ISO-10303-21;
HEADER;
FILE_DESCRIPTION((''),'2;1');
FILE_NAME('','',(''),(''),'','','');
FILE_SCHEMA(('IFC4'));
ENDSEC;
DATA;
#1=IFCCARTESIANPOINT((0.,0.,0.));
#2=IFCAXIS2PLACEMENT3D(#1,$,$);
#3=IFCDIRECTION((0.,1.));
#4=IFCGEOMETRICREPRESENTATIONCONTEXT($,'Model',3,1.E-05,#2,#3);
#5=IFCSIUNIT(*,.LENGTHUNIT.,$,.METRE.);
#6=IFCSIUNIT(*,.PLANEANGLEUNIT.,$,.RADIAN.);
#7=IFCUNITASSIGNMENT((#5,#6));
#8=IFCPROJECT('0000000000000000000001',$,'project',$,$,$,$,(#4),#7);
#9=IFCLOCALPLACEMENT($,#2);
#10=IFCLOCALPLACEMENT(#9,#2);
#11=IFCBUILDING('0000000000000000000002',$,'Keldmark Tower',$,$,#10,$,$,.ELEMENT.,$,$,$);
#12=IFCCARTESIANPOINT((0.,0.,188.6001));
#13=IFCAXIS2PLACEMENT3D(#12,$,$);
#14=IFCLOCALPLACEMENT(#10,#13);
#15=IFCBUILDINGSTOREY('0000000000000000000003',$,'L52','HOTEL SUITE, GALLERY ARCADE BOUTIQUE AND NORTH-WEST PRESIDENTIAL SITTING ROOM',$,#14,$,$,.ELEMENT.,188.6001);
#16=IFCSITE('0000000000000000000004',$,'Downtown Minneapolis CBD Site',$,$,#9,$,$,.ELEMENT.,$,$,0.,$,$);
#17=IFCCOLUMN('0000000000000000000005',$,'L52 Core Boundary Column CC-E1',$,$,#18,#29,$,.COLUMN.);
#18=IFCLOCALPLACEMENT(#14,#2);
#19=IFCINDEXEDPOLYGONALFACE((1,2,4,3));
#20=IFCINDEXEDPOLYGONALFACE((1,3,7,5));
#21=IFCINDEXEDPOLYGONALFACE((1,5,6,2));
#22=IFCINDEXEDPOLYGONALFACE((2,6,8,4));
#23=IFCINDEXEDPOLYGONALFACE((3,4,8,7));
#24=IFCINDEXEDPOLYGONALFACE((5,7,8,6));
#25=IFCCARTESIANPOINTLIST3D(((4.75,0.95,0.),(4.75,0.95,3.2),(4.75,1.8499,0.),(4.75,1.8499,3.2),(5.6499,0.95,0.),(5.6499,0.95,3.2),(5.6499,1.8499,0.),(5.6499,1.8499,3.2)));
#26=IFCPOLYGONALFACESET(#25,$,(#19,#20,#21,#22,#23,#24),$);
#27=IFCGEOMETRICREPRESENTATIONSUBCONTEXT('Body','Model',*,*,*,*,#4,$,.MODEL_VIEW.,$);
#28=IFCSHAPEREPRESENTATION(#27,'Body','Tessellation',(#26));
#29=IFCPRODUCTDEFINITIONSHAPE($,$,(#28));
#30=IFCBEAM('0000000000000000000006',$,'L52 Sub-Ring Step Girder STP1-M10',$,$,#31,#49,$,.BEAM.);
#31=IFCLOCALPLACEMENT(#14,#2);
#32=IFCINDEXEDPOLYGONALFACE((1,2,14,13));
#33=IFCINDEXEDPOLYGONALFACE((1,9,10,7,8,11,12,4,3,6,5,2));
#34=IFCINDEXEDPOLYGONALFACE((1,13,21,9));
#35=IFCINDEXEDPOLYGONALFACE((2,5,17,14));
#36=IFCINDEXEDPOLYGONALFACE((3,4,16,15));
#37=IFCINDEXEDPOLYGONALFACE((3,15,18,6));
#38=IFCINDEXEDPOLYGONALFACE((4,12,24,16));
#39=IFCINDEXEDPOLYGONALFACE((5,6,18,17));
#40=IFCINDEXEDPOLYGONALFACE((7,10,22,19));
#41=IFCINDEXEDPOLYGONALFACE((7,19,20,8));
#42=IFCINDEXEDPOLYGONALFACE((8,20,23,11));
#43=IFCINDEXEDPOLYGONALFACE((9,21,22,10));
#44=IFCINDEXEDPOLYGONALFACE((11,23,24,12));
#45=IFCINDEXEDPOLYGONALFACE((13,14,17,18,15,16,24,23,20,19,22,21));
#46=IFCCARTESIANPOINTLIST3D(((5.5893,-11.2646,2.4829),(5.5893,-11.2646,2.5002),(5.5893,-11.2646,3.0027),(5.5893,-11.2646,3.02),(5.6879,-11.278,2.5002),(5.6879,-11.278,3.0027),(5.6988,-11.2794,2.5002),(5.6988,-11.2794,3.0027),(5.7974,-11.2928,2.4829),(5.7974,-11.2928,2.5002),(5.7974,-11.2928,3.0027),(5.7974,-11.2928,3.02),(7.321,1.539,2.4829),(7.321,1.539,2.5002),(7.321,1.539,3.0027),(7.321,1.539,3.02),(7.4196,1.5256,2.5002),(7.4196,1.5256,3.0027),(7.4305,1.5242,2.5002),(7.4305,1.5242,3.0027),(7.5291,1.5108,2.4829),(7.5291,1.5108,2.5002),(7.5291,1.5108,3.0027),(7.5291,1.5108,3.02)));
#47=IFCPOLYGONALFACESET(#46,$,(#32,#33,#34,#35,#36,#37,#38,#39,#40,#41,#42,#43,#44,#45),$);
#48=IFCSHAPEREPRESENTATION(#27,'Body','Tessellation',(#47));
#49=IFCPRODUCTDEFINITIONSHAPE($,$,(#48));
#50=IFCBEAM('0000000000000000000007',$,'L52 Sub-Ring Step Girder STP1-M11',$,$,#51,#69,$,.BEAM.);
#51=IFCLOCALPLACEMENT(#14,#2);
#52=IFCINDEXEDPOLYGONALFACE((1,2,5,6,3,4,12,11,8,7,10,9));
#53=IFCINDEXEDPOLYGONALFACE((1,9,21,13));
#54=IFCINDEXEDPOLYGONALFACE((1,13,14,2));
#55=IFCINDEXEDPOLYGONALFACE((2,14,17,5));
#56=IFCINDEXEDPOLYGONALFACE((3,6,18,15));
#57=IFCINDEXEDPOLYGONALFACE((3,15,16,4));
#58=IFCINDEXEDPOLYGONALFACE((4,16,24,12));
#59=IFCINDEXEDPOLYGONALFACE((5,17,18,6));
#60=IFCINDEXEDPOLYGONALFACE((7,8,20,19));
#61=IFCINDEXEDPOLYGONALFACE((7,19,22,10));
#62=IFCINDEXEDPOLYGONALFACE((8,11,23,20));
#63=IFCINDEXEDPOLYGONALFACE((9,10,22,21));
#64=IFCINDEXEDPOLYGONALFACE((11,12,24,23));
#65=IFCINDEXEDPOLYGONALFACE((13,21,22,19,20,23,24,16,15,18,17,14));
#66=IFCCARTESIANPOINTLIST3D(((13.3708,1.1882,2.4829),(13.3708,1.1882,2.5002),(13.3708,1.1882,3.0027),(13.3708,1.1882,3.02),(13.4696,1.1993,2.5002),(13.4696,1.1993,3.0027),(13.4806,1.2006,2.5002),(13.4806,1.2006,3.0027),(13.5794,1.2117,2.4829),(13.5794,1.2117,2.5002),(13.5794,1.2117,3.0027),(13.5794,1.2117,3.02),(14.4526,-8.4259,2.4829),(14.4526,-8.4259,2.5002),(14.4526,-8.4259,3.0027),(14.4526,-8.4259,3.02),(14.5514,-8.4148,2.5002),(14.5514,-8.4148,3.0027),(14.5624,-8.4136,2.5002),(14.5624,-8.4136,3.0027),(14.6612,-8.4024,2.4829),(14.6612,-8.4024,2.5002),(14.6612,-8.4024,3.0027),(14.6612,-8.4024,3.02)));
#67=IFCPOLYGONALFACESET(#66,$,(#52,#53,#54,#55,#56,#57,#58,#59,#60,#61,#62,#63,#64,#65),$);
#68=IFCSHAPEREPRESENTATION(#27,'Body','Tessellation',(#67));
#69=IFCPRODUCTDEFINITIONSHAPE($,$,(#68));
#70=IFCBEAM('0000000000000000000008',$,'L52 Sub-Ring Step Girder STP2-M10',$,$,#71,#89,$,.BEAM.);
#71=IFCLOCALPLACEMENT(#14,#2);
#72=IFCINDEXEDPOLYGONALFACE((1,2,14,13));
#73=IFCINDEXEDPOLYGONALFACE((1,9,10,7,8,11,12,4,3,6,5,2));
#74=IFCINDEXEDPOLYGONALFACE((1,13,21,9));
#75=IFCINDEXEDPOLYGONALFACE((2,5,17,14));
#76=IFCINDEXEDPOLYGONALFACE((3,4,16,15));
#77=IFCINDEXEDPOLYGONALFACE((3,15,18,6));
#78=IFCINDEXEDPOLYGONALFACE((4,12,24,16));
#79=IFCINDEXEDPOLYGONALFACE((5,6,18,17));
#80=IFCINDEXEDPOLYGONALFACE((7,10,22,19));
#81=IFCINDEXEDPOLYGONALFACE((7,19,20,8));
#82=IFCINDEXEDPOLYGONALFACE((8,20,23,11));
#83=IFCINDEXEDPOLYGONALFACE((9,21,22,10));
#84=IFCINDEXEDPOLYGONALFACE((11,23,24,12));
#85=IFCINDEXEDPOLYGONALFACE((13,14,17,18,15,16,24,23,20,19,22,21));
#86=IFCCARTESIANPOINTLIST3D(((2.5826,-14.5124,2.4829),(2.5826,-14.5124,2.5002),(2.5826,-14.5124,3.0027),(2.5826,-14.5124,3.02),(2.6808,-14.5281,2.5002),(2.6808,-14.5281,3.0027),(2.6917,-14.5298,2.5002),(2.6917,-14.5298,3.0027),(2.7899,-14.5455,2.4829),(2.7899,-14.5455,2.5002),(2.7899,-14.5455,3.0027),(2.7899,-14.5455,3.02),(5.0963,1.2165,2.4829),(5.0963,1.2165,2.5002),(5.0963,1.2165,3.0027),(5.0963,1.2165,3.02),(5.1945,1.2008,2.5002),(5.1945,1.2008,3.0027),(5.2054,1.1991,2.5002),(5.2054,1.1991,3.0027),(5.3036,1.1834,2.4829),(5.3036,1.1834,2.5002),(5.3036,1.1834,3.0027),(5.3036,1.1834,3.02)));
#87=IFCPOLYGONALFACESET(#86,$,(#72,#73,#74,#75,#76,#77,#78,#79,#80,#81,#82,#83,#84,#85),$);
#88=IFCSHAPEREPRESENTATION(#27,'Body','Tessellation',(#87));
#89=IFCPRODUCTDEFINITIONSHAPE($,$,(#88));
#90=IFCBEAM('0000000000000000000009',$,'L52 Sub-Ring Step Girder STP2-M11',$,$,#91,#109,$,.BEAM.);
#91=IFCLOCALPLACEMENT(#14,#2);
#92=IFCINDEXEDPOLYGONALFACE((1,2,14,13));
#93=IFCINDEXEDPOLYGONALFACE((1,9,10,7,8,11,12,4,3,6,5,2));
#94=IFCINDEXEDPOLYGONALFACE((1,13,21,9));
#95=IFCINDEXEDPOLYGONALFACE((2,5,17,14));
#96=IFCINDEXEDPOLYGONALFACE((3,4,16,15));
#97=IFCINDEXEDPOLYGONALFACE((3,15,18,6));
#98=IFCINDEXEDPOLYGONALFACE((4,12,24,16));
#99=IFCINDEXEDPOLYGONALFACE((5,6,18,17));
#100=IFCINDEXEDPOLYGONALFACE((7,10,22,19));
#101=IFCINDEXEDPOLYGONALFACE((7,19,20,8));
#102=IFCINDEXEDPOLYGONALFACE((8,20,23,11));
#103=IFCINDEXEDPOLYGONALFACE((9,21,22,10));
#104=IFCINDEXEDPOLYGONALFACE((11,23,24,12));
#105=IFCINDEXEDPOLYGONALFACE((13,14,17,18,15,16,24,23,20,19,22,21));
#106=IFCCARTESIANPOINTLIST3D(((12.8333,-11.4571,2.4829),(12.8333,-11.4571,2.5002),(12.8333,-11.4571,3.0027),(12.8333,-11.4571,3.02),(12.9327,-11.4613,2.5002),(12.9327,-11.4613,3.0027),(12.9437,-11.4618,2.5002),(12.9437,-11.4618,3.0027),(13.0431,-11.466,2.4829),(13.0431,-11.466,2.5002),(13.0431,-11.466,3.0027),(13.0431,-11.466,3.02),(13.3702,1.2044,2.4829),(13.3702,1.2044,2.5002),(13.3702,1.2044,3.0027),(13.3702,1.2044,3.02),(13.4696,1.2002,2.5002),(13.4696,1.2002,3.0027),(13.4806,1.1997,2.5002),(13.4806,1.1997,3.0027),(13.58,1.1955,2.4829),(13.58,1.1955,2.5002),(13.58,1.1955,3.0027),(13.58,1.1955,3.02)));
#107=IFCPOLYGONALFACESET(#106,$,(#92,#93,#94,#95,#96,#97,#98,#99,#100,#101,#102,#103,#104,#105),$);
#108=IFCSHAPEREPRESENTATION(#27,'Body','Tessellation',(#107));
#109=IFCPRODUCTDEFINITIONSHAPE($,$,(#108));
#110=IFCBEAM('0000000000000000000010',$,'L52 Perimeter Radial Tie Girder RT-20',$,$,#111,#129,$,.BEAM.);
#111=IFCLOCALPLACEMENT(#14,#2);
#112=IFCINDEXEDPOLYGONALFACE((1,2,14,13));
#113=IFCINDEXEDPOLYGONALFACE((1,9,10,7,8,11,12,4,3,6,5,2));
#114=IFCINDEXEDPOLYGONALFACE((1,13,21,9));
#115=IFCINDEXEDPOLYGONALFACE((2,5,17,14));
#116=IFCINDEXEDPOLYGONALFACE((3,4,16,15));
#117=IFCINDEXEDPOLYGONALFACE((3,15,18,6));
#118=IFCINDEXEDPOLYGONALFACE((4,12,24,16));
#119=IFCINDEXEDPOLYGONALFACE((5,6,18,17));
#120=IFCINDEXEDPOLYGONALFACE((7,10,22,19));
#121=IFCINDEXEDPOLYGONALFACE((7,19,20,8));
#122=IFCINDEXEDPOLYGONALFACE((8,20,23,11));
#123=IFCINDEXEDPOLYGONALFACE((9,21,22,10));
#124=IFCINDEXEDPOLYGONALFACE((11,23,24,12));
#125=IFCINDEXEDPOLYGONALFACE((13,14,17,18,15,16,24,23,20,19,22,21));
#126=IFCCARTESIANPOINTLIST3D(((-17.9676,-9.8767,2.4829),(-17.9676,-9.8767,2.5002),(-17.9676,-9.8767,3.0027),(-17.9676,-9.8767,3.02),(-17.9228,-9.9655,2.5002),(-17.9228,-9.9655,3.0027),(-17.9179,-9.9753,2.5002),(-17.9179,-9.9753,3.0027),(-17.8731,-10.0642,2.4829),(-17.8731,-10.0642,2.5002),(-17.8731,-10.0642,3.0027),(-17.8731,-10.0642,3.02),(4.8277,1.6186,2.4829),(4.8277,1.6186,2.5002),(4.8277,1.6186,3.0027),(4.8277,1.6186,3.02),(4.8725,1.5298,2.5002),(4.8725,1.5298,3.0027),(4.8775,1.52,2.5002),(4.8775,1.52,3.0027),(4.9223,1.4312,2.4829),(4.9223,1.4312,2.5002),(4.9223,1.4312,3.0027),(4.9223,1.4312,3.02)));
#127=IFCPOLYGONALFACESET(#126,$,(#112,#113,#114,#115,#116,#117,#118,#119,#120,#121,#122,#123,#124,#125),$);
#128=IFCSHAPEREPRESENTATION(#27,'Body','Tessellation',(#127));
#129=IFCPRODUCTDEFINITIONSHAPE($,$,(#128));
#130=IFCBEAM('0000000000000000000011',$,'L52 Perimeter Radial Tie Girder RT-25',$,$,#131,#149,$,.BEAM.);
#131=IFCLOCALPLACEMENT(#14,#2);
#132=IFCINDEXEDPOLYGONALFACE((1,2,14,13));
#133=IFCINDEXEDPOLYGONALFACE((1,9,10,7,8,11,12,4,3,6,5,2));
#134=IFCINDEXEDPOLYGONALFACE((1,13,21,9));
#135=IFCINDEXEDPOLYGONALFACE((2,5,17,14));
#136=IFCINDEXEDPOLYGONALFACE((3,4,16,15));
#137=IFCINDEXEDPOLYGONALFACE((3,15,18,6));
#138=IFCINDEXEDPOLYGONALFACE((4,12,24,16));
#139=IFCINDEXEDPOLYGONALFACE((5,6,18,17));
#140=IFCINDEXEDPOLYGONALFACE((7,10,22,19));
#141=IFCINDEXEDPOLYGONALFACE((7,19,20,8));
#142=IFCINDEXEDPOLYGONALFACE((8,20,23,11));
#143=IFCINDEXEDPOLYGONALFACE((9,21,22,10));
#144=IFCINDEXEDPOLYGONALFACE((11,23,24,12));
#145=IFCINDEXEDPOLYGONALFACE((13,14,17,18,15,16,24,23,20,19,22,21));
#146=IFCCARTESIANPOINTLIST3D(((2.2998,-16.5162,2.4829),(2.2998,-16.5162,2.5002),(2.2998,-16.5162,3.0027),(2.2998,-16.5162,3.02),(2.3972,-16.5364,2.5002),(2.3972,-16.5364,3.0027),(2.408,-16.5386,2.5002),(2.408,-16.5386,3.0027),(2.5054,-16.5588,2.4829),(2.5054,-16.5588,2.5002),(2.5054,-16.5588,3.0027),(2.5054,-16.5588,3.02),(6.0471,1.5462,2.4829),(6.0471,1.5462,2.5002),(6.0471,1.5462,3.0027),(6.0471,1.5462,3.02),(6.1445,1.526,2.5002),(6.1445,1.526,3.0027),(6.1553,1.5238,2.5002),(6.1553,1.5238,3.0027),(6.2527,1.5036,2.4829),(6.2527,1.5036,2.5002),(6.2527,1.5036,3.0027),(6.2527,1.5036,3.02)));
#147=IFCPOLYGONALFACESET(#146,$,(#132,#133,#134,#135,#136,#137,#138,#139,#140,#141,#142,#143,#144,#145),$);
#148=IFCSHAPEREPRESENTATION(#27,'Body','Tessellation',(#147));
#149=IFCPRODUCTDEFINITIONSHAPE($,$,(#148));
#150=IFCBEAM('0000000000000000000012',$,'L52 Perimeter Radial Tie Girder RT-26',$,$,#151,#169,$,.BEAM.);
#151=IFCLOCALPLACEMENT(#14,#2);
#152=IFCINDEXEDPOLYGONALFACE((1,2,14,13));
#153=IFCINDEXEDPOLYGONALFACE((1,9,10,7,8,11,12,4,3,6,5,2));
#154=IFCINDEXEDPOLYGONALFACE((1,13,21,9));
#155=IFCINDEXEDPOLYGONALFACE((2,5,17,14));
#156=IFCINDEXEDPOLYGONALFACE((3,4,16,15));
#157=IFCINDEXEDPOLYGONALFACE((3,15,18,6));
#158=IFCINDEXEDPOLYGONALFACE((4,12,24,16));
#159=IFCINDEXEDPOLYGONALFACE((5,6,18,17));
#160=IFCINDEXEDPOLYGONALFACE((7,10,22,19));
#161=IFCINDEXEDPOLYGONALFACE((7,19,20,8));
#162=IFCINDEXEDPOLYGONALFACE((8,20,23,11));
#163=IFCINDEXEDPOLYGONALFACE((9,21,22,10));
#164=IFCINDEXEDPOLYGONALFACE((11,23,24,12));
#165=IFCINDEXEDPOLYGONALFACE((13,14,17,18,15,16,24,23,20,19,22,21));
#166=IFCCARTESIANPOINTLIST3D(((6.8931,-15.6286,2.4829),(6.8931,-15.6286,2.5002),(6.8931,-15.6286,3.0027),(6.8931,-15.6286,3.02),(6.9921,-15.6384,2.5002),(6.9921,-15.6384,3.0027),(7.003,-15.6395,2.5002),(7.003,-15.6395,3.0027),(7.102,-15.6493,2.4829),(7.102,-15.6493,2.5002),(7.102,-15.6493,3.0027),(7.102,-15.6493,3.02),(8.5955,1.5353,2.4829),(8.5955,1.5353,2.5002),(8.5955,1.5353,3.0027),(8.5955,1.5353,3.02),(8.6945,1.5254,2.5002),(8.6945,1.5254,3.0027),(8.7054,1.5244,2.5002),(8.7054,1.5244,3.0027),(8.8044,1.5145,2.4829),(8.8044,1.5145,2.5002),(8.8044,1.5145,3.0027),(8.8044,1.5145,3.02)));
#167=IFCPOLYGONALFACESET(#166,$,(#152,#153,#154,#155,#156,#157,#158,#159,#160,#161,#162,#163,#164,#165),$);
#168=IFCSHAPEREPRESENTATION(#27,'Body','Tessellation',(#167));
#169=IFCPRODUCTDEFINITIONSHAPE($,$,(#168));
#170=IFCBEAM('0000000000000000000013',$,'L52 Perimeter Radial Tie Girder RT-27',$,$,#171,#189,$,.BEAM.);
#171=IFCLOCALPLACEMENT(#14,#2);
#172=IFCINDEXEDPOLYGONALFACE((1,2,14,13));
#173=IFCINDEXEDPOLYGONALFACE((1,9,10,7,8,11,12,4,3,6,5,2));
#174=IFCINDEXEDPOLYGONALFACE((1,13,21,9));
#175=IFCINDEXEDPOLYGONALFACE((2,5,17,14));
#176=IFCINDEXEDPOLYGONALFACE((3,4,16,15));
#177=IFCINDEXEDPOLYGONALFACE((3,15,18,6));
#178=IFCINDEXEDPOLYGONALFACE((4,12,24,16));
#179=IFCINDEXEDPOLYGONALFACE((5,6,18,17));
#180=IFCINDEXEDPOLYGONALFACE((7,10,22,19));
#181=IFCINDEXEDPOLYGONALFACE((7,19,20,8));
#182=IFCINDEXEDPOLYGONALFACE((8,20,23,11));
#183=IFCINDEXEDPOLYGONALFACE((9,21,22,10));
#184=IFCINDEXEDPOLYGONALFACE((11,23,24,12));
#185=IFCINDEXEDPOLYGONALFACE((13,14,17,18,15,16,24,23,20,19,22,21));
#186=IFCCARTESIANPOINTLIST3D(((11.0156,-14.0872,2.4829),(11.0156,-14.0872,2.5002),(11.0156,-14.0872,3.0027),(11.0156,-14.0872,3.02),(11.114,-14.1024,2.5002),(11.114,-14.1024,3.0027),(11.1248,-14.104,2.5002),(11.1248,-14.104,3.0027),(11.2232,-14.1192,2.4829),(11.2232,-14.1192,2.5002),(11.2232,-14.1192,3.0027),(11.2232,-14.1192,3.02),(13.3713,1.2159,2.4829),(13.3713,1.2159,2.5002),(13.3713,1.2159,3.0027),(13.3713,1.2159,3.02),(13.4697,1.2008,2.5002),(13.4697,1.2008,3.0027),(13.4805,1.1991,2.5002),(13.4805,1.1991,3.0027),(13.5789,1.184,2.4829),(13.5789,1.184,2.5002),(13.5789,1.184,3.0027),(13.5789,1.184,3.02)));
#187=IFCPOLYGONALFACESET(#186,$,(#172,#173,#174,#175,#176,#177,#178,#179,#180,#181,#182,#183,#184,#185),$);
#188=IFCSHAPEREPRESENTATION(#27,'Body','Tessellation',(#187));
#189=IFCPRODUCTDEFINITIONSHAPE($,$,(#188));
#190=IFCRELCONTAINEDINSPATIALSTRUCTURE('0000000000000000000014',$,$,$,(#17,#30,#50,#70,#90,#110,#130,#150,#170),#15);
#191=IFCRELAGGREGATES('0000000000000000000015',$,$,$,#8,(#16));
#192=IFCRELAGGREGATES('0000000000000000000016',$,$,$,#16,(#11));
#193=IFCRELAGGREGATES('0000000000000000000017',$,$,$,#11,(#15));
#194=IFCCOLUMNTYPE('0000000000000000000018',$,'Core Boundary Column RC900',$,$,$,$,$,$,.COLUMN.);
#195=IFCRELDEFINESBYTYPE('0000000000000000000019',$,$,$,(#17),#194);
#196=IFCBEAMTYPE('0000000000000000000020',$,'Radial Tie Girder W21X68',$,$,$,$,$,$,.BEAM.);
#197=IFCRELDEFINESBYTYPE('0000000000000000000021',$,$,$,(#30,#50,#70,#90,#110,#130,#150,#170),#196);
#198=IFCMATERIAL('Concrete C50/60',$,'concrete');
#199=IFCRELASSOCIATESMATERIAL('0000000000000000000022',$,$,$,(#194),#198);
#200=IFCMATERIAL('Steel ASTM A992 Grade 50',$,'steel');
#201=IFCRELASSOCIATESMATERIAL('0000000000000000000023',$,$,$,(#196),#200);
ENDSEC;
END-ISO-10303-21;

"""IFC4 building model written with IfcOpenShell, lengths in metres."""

from ifc_helpers import new_model, si_unit, direction, frame, origin, origin_2d, place, context, subcontext, project, spatial, rectangle, i_section, extrude, material, material_profile, profile_set, type_object, element, save


model = new_model("IFC4")

# Units and contexts
model_context = context("Model", 3, precision=1e-05, world=origin(), true_north=direction((0.0, 1.0)))
body_context = subcontext(model_context, "Body", "Model", "MODEL_VIEW")
ifc_project = project(units=[si_unit("LENGTHUNIT", "METRE"), si_unit("PLANEANGLEUNIT", "RADIAN")], contexts=[model_context])

# Site, building, storey
site_placement = place(None, origin())
site = spatial("IfcSite", under=ifc_project, at=site_placement, Name="Downtown Minneapolis CBD Site", CompositionType="ELEMENT", RefElevation=0.0)
building_placement = place(site_placement, origin())
building = spatial("IfcBuilding", under=site, at=building_placement, Name="Keldmark Tower", CompositionType="ELEMENT")
storey_placement = place(building_placement, frame((0.0, 0.0, 188.6001)))
storey = spatial("IfcBuildingStorey", under=building, at=storey_placement, Name="L52", Description="HOTEL SUITE, GALLERY ARCADE BOUTIQUE AND NORTH-WEST PRESIDENTIAL SITTING ROOM", CompositionType="ELEMENT", Elevation=188.6001)

# Column
ifc_material_1 = material(Name="Concrete C50/60", Category="concrete")
ifc_material_profile_1 = material_profile(ifc_material_1, rectangle(XDim=0.8999, YDim=0.8999, at=origin_2d()), Name="RC900X900")
ifc_profile_set_1 = profile_set([ifc_material_profile_1], Name="Concrete C50/60")
column_type = type_object("IfcColumnType", Name="Core Boundary Column RC900", PredefinedType="COLUMN", material=ifc_profile_set_1)
column_placement = place(storey_placement, frame((5.2, 1.3999, 0.0), z_axis=(0.0, 0.0, 1.0), x_axis=(1.0, 0.0, 0.0)))
element("IfcColumn", 1, at=column_placement, inside=storey, type_object=column_type, Name="L52 Core Boundary Column CC-E1", PredefinedType="COLUMN", context=body_context, shape_type="SweptSolid", body=[
    extrude(rectangle(XDim=0.8999, YDim=0.8999, at=origin_2d()), origin(), (0.0, 0.0, 1.0), 3.2),
])

# Beams
ifc_material_2 = material(Name="Steel ASTM A992 Grade 50", Category="steel")
ifc_material_profile_2 = material_profile(ifc_material_2, i_section(OverallWidth=0.21, OverallDepth=0.5371, WebThickness=0.011, FlangeThickness=0.0173, at=origin_2d()), Name="W21X68")
ifc_profile_set_2 = profile_set([ifc_material_profile_2], Name="Steel ASTM A992 Grade 50")
beam_type = type_object("IfcBeamType", Name="Radial Tie Girder W21X68", PredefinedType="BEAM", material=ifc_profile_set_2)
beam_1_placement = place(storey_placement, frame((7.425, 1.5249, 2.7515), z_axis=(-0.134029, -0.990977, 0.0), x_axis=(0.990977, -0.134029, 0.0)))
element("IfcBeam", 2, at=beam_1_placement, inside=storey, type_object=beam_type, Name="L52 Sub-Ring Step Girder STP1-M10", PredefinedType="BEAM", context=body_context, shape_type="SweptSolid", body=[
    extrude(i_section(OverallWidth=0.21, OverallDepth=0.5371, WebThickness=0.011, FlangeThickness=0.0173, at=origin_2d()), origin(), (0.0, 0.0, 1.0), 12.9202),
])
beam_2_placement = place(storey_placement, frame((13.4751, 1.2, 2.7515), z_axis=(0.111816, -0.993729, 0.0), x_axis=(0.993729, 0.111816, 0.0)))
element("IfcBeam", 3, at=beam_2_placement, inside=storey, type_object=beam_type, Name="L52 Sub-Ring Step Girder STP1-M11", PredefinedType="BEAM", context=body_context, shape_type="SweptSolid", body=[
    extrude(i_section(OverallWidth=0.21, OverallDepth=0.5371, WebThickness=0.011, FlangeThickness=0.0173, at=origin_2d()), origin(), (0.0, 0.0, 1.0), 9.6748),
])
beam_3_placement = place(storey_placement, frame((5.2, 1.2, 2.7515), z_axis=(-0.157811, -0.987469, 0.0), x_axis=(0.987469, -0.157811, 0.0)))
element("IfcBeam", 4, at=beam_3_placement, inside=storey, type_object=beam_type, Name="L52 Sub-Ring Step Girder STP2-M10", PredefinedType="BEAM", context=body_context, shape_type="SweptSolid", body=[
    extrude(i_section(OverallWidth=0.21, OverallDepth=0.5371, WebThickness=0.011, FlangeThickness=0.0173, at=origin_2d()), origin(), (0.0, 0.0, 1.0), 15.9285),
])
beam_4_placement = place(storey_placement, frame((13.4751, 1.2, 2.7515), z_axis=(-0.042364, -0.999102, 0.0), x_axis=(0.999102, -0.042364, 0.0)))
element("IfcBeam", 5, at=beam_4_placement, inside=storey, type_object=beam_type, Name="L52 Sub-Ring Step Girder STP2-M11", PredefinedType="BEAM", context=body_context, shape_type="SweptSolid", body=[
    extrude(i_section(OverallWidth=0.21, OverallDepth=0.5371, WebThickness=0.011, FlangeThickness=0.0173, at=origin_2d()), origin(), (0.0, 0.0, 1.0), 12.6729),
])
beam_5_placement = place(storey_placement, frame((4.875, 1.5249, 2.7515), z_axis=(-0.892892, -0.450271, 0.0), x_axis=(0.450271, -0.892892, 0.0)))
element("IfcBeam", 6, at=beam_5_placement, inside=storey, type_object=beam_type, Name="L52 Perimeter Radial Tie Girder RT-20", PredefinedType="BEAM", context=body_context, shape_type="SweptSolid", body=[
    extrude(i_section(OverallWidth=0.21, OverallDepth=0.5371, WebThickness=0.011, FlangeThickness=0.0173, at=origin_2d()), origin(), (0.0, 0.0, 1.0), 25.5298),
])
beam_6_placement = place(storey_placement, frame((6.1499, 1.5249, 2.7515), z_axis=(-0.203138, -0.97915, 0.0), x_axis=(0.97915, -0.203138, 0.0)))
element("IfcBeam", 7, at=beam_6_placement, inside=storey, type_object=beam_type, Name="L52 Perimeter Radial Tie Girder RT-25", PredefinedType="BEAM", context=body_context, shape_type="SweptSolid", body=[
    extrude(i_section(OverallWidth=0.21, OverallDepth=0.5371, WebThickness=0.011, FlangeThickness=0.0173, at=origin_2d()), origin(), (0.0, 0.0, 1.0), 18.447),
])
beam_7_placement = place(storey_placement, frame((8.7, 1.5249, 2.7515), z_axis=(-0.098701, -0.995117, 0.0), x_axis=(0.995117, -0.098701, 0.0)))
element("IfcBeam", 8, at=beam_7_placement, inside=storey, type_object=beam_type, Name="L52 Perimeter Radial Tie Girder RT-26", PredefinedType="BEAM", context=body_context, shape_type="SweptSolid", body=[
    extrude(i_section(OverallWidth=0.21, OverallDepth=0.5371, WebThickness=0.011, FlangeThickness=0.0173, at=origin_2d()), origin(), (0.0, 0.0, 1.0), 17.248),
])
beam_8_placement = place(storey_placement, frame((13.4751, 1.2, 2.7515), z_axis=(-0.152144, -0.988358, 0.0), x_axis=(0.988358, -0.152144, 0.0)))
element("IfcBeam", 9, at=beam_8_placement, inside=storey, type_object=beam_type, Name="L52 Perimeter Radial Tie Girder RT-27", PredefinedType="BEAM", context=body_context, shape_type="SweptSolid", body=[
    extrude(i_section(OverallWidth=0.21, OverallDepth=0.5371, WebThickness=0.011, FlangeThickness=0.0173, at=origin_2d()), origin(), (0.0, 0.0, 1.0), 15.4834),
])

save(model, "model.ifc")
